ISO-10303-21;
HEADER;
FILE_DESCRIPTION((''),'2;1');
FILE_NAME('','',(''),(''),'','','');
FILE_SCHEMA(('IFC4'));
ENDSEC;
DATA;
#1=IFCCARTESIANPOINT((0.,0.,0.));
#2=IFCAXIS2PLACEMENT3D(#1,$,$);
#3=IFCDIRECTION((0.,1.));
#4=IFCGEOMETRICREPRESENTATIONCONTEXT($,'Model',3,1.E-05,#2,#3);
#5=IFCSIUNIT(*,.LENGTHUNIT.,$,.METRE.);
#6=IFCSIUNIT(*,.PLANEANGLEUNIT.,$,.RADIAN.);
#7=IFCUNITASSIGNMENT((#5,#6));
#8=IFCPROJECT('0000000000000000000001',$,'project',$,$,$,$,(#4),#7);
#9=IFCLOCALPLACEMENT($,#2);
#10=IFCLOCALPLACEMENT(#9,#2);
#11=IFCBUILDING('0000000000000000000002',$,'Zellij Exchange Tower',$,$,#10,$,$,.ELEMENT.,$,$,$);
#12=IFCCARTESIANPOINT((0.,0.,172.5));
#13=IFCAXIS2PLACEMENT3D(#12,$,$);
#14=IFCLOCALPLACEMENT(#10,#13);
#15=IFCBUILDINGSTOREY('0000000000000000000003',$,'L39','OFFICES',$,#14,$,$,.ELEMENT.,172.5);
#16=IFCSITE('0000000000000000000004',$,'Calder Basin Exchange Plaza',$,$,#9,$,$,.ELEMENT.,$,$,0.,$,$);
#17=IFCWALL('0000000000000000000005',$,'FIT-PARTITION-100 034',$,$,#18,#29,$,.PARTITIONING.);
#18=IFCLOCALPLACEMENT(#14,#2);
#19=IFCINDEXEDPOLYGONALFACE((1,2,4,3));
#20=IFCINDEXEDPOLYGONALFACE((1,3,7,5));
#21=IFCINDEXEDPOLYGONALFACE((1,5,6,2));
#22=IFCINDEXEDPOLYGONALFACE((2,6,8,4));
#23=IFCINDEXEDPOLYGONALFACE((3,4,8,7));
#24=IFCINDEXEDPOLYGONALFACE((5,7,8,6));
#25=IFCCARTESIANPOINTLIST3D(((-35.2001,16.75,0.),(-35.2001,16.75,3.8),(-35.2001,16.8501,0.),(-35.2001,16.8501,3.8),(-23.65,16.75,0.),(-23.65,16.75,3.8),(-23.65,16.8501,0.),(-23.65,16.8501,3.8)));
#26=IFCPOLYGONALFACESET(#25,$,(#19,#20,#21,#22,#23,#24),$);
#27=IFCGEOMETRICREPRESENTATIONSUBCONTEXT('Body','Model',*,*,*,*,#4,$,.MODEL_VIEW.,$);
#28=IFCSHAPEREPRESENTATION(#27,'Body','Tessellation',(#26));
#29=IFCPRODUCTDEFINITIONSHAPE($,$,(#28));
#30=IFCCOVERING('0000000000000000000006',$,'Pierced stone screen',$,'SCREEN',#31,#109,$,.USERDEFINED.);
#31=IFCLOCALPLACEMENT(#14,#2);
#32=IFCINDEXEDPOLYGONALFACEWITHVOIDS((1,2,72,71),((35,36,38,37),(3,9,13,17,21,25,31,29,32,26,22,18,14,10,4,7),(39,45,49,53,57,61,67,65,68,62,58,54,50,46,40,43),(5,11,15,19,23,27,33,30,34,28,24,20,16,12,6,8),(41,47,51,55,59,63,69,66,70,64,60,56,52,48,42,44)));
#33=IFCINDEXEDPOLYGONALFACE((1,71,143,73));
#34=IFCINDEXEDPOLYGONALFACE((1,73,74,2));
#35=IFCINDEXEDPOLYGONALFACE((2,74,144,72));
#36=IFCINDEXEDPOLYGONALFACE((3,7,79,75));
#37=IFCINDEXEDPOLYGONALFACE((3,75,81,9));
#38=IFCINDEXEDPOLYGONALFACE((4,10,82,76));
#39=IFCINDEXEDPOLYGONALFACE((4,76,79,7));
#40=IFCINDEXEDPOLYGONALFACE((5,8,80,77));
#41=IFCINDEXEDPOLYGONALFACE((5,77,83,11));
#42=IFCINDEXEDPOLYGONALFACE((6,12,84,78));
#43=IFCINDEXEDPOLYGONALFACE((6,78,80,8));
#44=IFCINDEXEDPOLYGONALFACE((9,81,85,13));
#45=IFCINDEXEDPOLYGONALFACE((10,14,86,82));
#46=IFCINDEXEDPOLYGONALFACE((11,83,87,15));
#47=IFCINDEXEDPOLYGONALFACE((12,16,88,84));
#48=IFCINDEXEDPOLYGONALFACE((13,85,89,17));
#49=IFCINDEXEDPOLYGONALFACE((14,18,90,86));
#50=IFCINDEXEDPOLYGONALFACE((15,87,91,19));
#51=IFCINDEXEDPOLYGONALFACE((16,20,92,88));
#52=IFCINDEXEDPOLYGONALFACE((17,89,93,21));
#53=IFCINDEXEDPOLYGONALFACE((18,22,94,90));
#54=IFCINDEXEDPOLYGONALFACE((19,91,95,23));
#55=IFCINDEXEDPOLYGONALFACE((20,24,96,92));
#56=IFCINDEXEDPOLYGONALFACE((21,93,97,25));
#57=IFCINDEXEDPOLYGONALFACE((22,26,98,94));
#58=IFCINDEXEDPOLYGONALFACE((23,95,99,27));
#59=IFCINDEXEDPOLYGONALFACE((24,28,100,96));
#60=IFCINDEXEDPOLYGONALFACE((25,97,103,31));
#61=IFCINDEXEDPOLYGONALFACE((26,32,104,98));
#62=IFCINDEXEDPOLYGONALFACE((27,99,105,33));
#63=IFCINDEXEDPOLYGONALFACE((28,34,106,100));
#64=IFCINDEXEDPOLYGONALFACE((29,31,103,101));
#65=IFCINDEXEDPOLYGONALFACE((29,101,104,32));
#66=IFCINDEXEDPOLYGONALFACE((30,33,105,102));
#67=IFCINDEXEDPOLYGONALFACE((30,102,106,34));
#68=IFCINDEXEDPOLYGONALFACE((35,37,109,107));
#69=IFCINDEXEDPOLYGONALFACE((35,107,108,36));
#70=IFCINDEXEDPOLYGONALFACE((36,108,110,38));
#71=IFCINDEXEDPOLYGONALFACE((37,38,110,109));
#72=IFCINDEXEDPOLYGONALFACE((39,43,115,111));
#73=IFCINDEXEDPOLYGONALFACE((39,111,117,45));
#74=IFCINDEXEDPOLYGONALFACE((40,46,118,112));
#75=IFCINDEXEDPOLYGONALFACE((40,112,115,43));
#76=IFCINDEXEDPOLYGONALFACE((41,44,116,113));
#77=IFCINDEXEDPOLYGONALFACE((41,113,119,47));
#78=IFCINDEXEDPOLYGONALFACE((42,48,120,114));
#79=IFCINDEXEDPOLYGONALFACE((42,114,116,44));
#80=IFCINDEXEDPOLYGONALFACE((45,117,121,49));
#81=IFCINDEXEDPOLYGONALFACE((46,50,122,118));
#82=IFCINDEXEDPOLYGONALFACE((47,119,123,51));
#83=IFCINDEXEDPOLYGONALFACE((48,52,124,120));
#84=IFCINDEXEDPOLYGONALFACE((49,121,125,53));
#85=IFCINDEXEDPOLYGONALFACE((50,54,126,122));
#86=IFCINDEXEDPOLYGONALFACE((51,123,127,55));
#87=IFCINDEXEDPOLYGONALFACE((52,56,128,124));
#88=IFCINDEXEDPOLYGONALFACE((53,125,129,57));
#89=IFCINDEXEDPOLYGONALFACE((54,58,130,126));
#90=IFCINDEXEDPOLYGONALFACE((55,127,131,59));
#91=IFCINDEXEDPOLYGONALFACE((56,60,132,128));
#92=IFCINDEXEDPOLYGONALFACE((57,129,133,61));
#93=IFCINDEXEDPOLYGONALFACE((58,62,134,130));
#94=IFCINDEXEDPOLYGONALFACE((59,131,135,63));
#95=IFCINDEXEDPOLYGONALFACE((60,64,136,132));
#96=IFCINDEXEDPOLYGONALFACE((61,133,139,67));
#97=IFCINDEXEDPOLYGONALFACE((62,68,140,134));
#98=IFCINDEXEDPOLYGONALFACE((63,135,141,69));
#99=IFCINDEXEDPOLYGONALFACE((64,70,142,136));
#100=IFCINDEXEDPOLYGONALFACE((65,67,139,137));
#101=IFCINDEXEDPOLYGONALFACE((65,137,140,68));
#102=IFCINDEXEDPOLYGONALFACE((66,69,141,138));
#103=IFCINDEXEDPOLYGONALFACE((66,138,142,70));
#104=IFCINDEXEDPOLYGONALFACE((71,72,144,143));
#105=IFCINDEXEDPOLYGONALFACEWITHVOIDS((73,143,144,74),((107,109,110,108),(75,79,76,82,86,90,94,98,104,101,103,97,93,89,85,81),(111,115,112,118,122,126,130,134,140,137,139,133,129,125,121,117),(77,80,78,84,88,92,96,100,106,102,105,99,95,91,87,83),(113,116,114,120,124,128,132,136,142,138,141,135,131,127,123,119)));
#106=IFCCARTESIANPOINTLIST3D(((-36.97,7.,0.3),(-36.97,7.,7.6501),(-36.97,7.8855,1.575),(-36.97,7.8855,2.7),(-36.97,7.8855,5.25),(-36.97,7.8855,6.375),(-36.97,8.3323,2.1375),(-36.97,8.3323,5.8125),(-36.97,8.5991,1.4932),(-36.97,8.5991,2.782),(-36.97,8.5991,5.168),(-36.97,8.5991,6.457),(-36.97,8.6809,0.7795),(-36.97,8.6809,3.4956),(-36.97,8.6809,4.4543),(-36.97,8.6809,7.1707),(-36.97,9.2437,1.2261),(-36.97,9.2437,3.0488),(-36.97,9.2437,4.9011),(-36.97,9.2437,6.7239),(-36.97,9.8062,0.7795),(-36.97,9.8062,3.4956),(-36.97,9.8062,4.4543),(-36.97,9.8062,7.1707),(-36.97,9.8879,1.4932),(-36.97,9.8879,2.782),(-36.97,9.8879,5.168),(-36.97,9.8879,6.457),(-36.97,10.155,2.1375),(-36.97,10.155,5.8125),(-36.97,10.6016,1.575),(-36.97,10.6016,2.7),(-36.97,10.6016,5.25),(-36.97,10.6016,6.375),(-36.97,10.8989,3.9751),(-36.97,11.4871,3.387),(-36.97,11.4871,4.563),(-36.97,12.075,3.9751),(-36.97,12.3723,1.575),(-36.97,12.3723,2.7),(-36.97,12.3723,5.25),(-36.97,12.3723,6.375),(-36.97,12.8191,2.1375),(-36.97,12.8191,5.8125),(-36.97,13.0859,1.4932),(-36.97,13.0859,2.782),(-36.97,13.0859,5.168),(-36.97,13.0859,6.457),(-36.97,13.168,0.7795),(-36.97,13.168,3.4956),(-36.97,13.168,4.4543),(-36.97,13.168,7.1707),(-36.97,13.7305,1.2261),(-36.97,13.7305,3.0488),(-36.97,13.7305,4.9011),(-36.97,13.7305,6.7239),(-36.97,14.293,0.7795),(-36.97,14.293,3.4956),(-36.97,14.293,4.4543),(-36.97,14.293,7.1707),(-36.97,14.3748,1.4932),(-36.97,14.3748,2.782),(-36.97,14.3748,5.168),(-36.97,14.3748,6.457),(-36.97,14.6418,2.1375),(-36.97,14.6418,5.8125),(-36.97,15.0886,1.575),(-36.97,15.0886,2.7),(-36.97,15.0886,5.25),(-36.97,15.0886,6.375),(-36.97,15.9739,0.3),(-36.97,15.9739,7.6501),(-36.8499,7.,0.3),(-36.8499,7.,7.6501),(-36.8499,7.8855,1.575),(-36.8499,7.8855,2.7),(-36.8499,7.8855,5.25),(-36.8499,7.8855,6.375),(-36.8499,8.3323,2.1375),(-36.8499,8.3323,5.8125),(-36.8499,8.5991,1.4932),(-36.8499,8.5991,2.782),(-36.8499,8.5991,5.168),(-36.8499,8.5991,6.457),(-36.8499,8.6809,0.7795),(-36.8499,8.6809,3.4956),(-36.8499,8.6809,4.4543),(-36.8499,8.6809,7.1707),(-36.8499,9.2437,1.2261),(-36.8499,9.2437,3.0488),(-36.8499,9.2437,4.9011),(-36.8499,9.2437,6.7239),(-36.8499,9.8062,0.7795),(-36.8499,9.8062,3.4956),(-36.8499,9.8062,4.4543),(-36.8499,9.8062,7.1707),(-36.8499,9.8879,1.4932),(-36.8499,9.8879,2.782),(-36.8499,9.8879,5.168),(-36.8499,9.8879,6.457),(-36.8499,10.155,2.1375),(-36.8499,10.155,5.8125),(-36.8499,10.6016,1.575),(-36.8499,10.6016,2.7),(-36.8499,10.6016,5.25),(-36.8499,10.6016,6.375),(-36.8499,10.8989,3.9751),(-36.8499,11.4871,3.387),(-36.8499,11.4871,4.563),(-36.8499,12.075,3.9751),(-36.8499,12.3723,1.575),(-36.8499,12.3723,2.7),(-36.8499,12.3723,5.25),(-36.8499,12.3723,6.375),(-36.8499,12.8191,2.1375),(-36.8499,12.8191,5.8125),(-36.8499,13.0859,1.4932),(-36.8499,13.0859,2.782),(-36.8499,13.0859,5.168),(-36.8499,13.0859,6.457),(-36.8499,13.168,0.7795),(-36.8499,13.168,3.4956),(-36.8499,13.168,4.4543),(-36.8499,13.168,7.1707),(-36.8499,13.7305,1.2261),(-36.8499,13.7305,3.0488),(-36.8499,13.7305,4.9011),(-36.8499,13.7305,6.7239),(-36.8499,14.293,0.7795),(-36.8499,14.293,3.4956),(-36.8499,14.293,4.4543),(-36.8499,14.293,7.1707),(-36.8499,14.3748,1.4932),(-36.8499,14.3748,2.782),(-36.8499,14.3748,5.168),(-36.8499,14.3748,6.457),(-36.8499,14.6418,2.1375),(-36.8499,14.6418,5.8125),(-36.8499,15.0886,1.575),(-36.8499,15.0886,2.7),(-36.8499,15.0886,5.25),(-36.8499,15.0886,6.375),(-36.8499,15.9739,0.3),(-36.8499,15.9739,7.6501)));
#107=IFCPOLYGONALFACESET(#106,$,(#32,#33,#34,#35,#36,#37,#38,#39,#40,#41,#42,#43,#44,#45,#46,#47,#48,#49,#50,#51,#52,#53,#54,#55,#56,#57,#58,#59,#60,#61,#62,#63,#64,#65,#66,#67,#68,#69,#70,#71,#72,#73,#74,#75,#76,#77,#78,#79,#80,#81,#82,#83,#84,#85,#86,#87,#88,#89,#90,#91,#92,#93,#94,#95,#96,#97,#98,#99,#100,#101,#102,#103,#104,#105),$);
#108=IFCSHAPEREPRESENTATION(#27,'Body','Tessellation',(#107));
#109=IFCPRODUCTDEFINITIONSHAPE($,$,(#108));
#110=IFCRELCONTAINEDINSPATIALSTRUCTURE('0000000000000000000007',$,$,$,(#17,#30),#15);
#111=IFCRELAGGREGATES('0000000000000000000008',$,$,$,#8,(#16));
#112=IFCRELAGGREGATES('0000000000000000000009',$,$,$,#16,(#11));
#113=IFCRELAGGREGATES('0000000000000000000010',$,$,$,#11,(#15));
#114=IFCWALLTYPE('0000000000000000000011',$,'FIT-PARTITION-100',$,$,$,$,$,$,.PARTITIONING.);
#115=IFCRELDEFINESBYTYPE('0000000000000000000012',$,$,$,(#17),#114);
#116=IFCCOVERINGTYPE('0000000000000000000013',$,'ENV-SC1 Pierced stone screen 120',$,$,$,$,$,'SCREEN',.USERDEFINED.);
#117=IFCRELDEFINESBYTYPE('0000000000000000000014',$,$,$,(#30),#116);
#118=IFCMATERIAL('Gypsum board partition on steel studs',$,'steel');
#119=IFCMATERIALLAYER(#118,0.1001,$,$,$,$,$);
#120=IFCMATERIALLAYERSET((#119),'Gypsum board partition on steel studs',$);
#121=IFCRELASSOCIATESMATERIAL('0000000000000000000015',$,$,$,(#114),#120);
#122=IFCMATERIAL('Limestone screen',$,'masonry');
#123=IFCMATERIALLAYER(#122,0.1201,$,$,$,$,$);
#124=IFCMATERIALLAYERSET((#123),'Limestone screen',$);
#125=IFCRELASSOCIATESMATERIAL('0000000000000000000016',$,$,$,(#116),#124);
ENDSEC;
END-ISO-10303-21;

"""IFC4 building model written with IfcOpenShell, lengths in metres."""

from ifc_helpers import new_model, si_unit, direction, frame, frame_2d, origin, place, context, subcontext, project, spatial, polyline, rectangle, outline, extrude, material, layer, layer_set, type_object, element, save


model = new_model("IFC4")

# Units and contexts
model_context = context("Model", 3, precision=1e-05, world=origin(), true_north=direction((0.0, 1.0)))
body_context = subcontext(model_context, "Body", "Model", "MODEL_VIEW")
ifc_project = project(units=[si_unit("LENGTHUNIT", "METRE"), si_unit("PLANEANGLEUNIT", "RADIAN")], contexts=[model_context])

# Site, building, storey
site_placement = place(None, origin())
site = spatial("IfcSite", under=ifc_project, at=site_placement, Name="Calder Basin Exchange Plaza", CompositionType="ELEMENT", RefElevation=0.0)
building_placement = place(site_placement, origin())
building = spatial("IfcBuilding", under=site, at=building_placement, Name="Zellij Exchange Tower", CompositionType="ELEMENT")
storey_placement = place(building_placement, frame((0.0, 0.0, 172.5)))
storey = spatial("IfcBuildingStorey", under=building, at=storey_placement, Name="L39", Description="OFFICES", CompositionType="ELEMENT", Elevation=172.5)

# Shared definitions
ifc_material_1 = material(Name="Gypsum board partition on steel studs", Category="steel")
ifc_layer_1 = layer(ifc_material_1, 0.1001)
ifc_layer_set_1 = layer_set([ifc_layer_1], Name="Gypsum board partition on steel studs")
wall_type = type_object("IfcWallType", Name="FIT-PARTITION-100", PredefinedType="PARTITIONING", material=ifc_layer_set_1)

# Wall
wall_1_placement = place(storey_placement, frame((-35.2, 16.8, 0.0), z_axis=(0.0, 0.0, 1.0), x_axis=(1.0, 0.0, 0.0)))
element("IfcWall", 1, at=wall_1_placement, inside=storey, type_object=wall_type, Name="FIT-PARTITION-100 034", PredefinedType="PARTITIONING", context=body_context, shape_type="SweptSolid", body=[
    extrude(rectangle(XDim=11.55, YDim=0.1001, at=frame_2d((5.7749, 0.0))), origin(), (0.0, 0.0, 1.0), 3.8),
])

# Covering
ifc_material_2 = material(Name="Limestone screen", Category="masonry")
ifc_layer_2 = layer(ifc_material_2, 0.1201)
ifc_layer_set_2 = layer_set([ifc_layer_2], Name="Limestone screen")
covering_type = type_object("IfcCoveringType", Name="ENV-SC1 Pierced stone screen 120", ElementType="SCREEN", PredefinedType="USERDEFINED", material=ifc_layer_set_2)
covering_1_placement = place(storey_placement, frame((-36.9099, 15.9739, 0.3), z_axis=(0.0, 0.0, 1.0), x_axis=(0.0, -1.0, 0.0)))
element("IfcCovering", 2, at=covering_1_placement, inside=storey, type_object=covering_type, Name="Pierced stone screen", ObjectType="SCREEN", PredefinedType="USERDEFINED", context=body_context, shape_type="SweptSolid", body=[
    extrude(outline(polyline([(0.0, 0.0), (8.9739, 0.0), (8.9739, 7.3501), (0.0, 7.3501), (0.0, 0.0)]), holes=[polyline([(3.6016, 2.3999), (2.8879, 2.4819), (2.8059, 3.1956), (2.2434, 2.7488), (1.6809, 3.1956), (1.5991, 2.4819), (0.8853, 2.3999), (1.332, 1.8374), (0.8853, 1.2749), (1.5991, 1.1931), (1.6809, 0.4795), (2.2434, 0.926), (2.8059, 0.4795), (2.8879, 1.1931), (3.6016, 1.2749), (3.1548, 1.8374), (3.6016, 2.3999)]), polyline([(3.6016, 6.075), (2.8879, 6.157), (2.8059, 6.8706), (2.2434, 6.4238), (1.6809, 6.8706), (1.5991, 6.157), (0.8853, 6.075), (1.332, 5.5125), (0.8853, 4.95), (1.5991, 4.8679), (1.6809, 4.1543), (2.2434, 4.6011), (2.8059, 4.1543), (2.8879, 4.8679), (3.6016, 4.95), (3.1548, 5.5125), (3.6016, 6.075)]), polyline([(8.0884, 2.3999), (7.3748, 2.4819), (7.293, 3.1956), (6.7302, 2.7488), (6.1677, 3.1956), (6.0859, 2.4819), (5.3723, 2.3999), (5.8188, 1.8374), (5.3723, 1.2749), (6.0859, 1.1931), (6.1677, 0.4795), (6.7302, 0.926), (7.293, 0.4795), (7.3748, 1.1931), (8.0884, 1.2749), (7.6416, 1.8374), (8.0884, 2.3999)]), polyline([(8.0884, 6.075), (7.3748, 6.157), (7.293, 6.8706), (6.7302, 6.4238), (6.1677, 6.8706), (6.0859, 6.157), (5.3723, 6.075), (5.8188, 5.5125), (5.3723, 4.95), (6.0859, 4.8679), (6.1677, 4.1543), (6.7302, 4.6011), (7.293, 4.1543), (7.3748, 4.8679), (8.0884, 4.95), (7.6416, 5.5125), (8.0884, 6.075)]), polyline([(5.075, 3.675), (4.4868, 4.2629), (3.8989, 3.675), (4.4868, 3.0869), (5.075, 3.675)])]), frame((0.0, 0.0601, 0.0), z_axis=(0.0, -1.0, 0.0), x_axis=(1.0, 0.0, 0.0)), (0.0, 0.0, 1.0), 0.1201),
])

save(model, "model.ifc")
